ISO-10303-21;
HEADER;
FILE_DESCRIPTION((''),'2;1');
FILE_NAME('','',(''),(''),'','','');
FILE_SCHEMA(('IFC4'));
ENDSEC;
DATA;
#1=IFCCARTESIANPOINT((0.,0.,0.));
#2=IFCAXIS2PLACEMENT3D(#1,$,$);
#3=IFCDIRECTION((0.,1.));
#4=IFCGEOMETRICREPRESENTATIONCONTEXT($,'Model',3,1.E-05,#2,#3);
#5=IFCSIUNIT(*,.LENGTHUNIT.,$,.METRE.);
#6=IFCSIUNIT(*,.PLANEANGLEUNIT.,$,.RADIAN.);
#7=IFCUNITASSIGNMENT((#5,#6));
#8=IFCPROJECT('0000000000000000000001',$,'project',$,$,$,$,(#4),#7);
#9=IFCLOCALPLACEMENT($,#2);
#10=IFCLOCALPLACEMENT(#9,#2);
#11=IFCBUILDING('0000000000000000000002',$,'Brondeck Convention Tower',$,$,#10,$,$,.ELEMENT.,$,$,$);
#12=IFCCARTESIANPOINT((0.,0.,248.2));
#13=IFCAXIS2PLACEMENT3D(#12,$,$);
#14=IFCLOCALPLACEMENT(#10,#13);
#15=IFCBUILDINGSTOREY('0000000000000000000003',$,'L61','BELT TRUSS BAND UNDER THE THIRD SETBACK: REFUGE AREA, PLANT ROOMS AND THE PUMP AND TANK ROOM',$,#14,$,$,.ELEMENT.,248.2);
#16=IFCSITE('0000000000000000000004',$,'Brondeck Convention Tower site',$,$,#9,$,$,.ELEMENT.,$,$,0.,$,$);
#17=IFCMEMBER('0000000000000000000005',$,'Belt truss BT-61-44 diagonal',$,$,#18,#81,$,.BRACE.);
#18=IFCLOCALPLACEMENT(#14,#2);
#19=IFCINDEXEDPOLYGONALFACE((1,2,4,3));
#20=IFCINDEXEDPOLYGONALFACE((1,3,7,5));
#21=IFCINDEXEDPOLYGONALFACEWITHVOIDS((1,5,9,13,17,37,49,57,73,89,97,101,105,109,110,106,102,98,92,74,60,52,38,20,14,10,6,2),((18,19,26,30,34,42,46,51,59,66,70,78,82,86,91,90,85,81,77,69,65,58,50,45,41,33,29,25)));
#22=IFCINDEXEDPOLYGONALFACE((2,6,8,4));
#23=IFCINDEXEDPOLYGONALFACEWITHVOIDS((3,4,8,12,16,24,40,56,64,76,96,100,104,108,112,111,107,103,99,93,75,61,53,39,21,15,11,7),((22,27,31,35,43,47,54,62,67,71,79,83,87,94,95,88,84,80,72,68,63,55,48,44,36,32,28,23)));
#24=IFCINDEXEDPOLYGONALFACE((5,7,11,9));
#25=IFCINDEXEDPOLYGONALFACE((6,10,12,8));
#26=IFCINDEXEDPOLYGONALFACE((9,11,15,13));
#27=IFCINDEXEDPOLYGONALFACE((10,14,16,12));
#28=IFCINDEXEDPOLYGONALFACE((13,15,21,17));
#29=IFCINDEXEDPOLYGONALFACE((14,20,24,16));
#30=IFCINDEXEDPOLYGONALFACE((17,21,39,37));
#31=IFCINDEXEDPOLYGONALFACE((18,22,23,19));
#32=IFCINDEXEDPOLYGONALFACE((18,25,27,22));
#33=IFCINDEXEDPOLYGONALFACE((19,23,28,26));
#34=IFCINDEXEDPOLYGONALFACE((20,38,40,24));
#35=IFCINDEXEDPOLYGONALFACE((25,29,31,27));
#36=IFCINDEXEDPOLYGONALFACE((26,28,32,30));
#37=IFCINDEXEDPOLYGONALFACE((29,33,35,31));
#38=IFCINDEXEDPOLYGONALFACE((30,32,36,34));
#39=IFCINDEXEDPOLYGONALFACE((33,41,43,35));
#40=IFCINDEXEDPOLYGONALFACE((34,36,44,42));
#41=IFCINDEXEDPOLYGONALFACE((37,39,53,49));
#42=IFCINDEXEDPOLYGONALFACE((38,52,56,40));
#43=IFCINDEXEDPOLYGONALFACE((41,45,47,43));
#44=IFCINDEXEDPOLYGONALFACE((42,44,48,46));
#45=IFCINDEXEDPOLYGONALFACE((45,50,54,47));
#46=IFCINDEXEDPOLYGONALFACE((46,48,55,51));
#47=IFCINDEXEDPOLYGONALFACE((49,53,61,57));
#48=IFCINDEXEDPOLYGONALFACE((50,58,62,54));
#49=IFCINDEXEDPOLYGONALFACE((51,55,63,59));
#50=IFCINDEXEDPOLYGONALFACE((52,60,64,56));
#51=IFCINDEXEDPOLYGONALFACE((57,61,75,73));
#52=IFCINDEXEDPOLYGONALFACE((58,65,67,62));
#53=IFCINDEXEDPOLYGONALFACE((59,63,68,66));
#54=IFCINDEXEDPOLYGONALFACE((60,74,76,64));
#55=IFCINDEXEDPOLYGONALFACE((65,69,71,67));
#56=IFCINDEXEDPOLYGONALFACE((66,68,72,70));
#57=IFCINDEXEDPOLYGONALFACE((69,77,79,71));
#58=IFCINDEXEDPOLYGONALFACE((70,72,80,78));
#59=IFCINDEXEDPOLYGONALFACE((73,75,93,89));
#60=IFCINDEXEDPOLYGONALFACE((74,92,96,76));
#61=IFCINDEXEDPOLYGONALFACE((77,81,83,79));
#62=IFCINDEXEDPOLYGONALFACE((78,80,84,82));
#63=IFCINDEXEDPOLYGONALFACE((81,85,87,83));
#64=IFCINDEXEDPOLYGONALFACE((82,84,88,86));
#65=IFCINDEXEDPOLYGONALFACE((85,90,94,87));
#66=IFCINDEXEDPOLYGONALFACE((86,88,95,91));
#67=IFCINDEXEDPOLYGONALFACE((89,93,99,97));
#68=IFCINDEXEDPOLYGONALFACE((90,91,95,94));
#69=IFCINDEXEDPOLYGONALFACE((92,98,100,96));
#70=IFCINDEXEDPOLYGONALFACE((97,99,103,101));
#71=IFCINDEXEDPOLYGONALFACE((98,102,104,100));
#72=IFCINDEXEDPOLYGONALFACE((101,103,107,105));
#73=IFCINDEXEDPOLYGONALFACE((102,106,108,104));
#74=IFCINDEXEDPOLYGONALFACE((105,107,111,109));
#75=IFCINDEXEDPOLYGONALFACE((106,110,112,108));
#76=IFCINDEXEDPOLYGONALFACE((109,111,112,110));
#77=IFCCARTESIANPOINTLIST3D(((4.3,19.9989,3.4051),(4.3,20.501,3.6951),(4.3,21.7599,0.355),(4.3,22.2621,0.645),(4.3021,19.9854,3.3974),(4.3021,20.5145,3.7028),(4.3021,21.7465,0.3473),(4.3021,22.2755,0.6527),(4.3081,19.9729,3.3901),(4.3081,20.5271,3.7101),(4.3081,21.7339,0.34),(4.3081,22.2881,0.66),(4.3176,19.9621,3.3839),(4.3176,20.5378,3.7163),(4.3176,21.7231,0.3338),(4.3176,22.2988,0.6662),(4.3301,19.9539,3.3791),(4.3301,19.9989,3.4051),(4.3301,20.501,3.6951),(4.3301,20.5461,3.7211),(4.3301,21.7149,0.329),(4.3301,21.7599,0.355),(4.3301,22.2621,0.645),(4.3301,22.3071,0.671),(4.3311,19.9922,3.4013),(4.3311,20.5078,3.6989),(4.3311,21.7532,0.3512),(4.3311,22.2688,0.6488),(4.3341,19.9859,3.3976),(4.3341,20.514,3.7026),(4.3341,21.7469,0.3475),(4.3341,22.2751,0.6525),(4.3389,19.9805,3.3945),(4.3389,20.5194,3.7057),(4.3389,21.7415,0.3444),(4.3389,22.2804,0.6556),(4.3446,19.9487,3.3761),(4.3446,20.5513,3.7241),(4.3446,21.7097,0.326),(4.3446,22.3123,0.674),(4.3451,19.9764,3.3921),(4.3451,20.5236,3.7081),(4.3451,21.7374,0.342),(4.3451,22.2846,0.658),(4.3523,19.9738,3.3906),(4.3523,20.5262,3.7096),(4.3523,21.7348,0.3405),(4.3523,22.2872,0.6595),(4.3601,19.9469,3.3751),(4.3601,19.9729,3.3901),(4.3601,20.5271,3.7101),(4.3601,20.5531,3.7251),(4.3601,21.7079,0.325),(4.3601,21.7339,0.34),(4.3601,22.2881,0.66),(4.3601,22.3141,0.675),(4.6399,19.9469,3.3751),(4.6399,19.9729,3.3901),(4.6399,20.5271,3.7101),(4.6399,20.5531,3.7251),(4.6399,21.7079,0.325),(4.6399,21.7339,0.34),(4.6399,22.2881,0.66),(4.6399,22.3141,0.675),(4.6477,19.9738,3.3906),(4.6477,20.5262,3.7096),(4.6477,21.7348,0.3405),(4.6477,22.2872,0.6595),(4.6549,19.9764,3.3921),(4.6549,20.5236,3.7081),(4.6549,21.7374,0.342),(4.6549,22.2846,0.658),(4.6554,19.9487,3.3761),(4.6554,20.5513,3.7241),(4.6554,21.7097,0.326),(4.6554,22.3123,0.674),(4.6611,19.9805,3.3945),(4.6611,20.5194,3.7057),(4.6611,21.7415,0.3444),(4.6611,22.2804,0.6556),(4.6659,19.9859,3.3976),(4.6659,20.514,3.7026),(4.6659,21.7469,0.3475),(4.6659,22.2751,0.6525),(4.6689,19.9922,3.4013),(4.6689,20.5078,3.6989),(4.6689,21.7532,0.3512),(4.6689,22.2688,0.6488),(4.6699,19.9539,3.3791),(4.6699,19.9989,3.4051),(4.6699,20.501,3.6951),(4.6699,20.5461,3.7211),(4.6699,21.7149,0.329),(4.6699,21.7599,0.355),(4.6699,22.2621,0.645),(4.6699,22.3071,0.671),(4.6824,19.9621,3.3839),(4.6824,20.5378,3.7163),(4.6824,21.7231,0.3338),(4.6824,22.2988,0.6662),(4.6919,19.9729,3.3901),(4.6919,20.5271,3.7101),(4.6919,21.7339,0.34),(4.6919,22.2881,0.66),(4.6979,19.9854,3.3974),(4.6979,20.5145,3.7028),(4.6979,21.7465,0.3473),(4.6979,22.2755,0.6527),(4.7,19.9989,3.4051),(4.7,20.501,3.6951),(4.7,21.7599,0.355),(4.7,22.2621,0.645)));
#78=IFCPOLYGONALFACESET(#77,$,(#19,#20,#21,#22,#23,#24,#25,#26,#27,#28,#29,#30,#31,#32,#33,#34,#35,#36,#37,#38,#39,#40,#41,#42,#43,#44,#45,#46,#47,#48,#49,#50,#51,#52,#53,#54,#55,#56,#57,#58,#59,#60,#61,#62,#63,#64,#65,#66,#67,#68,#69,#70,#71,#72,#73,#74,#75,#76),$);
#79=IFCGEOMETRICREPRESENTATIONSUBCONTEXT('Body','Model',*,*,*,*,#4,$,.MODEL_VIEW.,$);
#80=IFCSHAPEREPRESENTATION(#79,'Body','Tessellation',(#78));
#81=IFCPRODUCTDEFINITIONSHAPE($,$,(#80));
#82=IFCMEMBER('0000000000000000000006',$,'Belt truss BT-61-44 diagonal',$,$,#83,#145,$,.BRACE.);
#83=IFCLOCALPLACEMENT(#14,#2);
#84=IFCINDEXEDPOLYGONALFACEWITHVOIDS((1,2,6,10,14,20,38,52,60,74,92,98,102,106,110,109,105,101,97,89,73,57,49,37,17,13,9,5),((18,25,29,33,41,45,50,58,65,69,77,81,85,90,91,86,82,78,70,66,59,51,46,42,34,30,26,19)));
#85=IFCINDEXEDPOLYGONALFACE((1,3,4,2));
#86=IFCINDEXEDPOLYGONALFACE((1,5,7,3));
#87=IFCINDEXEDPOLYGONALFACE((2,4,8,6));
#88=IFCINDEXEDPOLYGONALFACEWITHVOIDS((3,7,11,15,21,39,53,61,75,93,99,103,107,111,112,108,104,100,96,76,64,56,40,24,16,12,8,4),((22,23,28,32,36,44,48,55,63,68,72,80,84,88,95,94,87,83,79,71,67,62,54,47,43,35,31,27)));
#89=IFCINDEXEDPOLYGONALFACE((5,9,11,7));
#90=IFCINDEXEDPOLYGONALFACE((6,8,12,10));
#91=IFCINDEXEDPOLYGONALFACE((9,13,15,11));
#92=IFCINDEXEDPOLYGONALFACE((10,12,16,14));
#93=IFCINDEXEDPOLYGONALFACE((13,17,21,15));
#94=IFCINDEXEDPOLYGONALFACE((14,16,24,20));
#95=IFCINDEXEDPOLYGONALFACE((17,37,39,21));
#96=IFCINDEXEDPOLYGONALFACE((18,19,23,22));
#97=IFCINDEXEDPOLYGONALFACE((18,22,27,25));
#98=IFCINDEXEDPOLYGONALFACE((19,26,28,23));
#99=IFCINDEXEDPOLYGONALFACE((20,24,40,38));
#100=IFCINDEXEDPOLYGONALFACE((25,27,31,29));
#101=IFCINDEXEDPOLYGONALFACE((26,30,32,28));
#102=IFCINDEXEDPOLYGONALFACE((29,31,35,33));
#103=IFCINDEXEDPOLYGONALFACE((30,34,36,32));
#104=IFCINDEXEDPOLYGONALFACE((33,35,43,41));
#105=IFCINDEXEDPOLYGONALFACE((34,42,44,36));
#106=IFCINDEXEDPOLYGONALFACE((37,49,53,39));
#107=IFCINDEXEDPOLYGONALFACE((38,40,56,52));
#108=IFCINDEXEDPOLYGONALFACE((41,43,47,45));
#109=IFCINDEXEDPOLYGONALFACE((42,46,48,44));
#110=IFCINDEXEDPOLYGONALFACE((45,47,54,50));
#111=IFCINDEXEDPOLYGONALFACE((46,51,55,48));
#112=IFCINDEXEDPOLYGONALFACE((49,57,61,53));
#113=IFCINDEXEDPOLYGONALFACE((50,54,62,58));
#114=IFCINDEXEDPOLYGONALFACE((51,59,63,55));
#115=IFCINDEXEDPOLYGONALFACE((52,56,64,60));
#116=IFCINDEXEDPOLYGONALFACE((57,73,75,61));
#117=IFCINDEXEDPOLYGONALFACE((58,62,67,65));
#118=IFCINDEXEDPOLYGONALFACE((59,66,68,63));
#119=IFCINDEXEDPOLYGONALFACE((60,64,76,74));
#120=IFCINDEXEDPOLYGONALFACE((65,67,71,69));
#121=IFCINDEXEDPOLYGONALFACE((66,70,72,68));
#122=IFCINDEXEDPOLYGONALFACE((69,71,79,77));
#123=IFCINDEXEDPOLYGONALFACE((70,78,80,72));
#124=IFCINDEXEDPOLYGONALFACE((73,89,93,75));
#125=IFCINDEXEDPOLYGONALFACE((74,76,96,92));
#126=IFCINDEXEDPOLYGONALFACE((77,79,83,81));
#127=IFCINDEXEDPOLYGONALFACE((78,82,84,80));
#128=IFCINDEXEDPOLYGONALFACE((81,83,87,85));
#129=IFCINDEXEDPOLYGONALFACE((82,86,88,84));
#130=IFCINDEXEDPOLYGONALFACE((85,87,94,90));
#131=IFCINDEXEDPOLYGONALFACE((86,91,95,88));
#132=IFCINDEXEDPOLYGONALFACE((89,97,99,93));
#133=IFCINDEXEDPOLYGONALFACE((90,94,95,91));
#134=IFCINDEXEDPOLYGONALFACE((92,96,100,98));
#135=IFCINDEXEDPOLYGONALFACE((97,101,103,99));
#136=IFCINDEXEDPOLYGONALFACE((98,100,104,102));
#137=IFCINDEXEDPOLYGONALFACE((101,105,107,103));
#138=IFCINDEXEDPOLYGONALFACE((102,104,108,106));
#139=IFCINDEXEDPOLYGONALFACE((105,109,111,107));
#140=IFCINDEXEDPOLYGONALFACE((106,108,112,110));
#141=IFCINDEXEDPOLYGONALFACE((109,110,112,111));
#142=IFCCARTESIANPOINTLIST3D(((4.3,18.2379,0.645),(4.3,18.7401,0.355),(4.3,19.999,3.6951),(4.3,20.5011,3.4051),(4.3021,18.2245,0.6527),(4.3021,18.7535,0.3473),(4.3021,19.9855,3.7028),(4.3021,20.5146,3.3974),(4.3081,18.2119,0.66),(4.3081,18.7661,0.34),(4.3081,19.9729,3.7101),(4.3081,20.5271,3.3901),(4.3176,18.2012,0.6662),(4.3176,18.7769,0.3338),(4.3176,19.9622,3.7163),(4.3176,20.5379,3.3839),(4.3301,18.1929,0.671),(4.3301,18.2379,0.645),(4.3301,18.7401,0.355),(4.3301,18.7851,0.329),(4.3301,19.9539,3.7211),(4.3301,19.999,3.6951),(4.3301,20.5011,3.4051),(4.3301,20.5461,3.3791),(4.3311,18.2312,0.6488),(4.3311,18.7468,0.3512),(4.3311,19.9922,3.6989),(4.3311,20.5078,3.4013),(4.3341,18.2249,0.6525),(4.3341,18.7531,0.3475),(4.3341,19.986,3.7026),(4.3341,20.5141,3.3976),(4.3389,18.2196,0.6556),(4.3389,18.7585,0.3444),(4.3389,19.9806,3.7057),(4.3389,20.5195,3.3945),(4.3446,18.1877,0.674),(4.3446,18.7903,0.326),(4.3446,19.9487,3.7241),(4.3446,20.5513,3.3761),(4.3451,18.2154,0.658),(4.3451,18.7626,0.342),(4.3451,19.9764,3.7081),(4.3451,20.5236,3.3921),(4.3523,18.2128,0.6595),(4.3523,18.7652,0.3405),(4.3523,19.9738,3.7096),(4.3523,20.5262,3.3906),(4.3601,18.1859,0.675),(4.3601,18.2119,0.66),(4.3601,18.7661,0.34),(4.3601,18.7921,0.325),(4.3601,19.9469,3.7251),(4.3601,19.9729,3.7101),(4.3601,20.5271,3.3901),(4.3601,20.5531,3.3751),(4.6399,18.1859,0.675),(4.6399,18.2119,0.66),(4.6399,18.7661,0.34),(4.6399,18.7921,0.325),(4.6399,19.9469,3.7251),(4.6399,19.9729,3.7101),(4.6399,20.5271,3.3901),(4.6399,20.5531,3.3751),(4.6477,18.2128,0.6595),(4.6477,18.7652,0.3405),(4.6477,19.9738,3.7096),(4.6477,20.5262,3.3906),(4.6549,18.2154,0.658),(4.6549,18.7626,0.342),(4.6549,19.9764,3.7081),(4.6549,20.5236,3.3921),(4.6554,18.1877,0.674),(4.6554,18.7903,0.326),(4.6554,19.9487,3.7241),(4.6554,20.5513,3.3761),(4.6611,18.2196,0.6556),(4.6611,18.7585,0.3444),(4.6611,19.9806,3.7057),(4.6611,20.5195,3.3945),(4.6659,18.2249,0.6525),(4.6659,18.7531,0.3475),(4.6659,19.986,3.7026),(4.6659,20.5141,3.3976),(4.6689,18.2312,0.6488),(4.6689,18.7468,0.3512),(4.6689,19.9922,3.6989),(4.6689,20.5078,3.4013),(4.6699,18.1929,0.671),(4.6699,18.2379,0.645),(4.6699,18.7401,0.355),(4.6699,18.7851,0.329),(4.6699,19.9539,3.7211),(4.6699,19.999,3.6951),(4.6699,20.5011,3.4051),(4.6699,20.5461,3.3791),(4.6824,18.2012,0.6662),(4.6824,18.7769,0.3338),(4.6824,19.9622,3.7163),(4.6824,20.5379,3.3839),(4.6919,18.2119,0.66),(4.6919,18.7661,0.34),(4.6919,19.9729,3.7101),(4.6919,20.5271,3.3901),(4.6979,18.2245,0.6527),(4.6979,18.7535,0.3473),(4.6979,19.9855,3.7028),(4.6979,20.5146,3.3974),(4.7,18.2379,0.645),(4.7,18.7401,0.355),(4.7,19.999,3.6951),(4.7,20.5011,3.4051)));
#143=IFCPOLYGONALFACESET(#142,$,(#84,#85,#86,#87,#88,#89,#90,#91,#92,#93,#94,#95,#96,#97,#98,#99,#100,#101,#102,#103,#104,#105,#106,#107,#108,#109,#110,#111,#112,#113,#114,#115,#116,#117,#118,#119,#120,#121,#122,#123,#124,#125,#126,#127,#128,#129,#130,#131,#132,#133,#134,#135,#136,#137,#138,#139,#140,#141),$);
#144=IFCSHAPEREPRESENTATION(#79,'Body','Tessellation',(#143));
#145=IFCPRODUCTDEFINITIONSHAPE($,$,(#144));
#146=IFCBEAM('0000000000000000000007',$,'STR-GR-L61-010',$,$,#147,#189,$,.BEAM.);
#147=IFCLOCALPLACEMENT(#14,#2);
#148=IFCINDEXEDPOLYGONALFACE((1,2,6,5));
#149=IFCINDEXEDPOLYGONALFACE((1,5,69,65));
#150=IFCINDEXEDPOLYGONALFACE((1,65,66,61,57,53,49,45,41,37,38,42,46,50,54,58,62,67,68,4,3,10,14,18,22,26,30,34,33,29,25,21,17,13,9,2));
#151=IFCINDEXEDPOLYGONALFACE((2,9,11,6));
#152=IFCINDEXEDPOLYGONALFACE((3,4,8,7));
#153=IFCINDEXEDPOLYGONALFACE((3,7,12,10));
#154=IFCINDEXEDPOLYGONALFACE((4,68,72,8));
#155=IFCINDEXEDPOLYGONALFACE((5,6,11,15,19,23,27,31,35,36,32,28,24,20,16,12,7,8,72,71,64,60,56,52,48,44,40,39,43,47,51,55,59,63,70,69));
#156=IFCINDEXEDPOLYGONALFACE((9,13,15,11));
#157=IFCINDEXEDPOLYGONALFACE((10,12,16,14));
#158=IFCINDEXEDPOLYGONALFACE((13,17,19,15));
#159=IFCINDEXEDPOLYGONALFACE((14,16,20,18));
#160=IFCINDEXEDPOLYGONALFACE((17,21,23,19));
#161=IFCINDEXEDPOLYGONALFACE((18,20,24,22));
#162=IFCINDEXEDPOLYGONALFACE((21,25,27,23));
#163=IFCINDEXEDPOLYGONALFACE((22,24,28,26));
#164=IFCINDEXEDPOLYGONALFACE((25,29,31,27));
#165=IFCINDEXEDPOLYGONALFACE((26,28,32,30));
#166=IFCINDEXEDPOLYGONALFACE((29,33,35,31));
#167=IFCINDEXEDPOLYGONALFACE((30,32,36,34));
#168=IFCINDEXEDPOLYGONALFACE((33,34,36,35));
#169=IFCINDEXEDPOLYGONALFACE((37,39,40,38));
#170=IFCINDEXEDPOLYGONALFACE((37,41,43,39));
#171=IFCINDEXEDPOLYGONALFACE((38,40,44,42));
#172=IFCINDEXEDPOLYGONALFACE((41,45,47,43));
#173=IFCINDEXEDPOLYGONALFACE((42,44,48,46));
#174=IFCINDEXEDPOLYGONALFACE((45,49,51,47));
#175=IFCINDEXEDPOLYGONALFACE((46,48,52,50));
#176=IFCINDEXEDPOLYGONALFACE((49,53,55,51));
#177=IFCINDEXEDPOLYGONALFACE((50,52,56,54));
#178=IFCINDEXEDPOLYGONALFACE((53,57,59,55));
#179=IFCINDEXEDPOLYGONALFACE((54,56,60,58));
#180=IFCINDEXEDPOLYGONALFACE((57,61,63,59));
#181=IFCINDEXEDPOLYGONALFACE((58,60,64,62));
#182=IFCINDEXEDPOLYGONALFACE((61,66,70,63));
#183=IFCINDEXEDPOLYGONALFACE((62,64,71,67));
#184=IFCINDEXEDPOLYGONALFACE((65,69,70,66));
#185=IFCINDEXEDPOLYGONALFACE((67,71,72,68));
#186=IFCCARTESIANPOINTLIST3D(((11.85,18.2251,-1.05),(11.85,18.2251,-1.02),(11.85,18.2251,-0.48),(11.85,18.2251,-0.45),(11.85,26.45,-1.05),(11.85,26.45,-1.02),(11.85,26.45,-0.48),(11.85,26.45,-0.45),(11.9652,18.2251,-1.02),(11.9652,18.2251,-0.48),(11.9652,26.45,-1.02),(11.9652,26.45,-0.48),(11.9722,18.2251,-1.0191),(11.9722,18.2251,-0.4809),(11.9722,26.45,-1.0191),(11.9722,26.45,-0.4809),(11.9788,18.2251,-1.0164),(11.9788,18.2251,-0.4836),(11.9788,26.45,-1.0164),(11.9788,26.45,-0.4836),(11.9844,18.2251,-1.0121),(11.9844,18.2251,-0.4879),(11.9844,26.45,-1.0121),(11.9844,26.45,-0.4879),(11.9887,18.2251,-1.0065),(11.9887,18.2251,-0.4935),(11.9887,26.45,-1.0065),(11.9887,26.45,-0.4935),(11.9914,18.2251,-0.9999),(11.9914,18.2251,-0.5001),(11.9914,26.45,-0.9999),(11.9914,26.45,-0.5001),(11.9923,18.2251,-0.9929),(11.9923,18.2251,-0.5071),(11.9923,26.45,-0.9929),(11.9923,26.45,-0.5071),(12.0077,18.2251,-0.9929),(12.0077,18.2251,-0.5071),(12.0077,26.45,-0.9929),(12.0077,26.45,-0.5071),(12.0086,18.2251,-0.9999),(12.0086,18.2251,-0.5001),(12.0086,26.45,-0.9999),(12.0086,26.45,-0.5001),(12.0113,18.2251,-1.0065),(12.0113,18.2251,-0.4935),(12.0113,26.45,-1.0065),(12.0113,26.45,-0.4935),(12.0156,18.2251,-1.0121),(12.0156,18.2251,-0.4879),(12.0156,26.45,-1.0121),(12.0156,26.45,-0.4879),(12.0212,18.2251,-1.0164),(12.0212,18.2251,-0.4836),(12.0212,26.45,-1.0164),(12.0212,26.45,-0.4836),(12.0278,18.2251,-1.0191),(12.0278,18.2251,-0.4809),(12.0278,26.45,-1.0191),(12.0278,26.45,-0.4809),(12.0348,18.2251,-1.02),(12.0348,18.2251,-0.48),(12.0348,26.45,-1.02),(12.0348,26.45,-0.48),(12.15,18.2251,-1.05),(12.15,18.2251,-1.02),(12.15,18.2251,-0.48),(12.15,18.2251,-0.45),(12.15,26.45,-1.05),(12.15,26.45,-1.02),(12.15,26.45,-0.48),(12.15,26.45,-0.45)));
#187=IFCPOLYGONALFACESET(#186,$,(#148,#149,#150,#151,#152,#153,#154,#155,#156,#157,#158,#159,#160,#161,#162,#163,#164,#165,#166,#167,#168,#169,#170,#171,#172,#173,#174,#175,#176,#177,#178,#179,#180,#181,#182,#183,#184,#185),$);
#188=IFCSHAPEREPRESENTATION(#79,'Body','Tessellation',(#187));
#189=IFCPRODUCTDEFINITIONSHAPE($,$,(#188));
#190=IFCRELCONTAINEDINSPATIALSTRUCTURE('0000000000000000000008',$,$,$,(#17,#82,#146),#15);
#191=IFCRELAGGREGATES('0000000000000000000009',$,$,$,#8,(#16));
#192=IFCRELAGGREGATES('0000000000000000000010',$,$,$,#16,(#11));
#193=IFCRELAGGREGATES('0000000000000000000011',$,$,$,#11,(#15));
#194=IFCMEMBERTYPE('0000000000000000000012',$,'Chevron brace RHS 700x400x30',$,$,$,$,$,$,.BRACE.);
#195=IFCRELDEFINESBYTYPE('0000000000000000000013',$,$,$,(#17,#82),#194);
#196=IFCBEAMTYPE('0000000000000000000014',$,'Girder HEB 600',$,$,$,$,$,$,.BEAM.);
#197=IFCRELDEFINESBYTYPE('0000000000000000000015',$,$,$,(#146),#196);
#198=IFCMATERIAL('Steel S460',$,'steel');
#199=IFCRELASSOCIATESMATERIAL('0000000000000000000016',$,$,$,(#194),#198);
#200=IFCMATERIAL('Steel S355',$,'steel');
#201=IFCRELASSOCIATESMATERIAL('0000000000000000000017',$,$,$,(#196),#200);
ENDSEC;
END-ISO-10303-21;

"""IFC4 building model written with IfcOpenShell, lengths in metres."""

from ifc_helpers import new_model, si_unit, direction, frame, origin, origin_2d, place, context, subcontext, project, spatial, hollow_rectangle, i_section, extrude, material, material_profile, profile_set, type_object, element, save


model = new_model("IFC4")

# Units and contexts
model_context = context("Model", 3, precision=1e-05, world=origin(), true_north=direction((0.0, 1.0)))
body_context = subcontext(model_context, "Body", "Model", "MODEL_VIEW")
ifc_project = project(units=[si_unit("LENGTHUNIT", "METRE"), si_unit("PLANEANGLEUNIT", "RADIAN")], contexts=[model_context])

# Site, building, storey
site_placement = place(None, origin())
site = spatial("IfcSite", under=ifc_project, at=site_placement, Name="Brondeck Convention Tower site", CompositionType="ELEMENT", RefElevation=0.0)
building_placement = place(site_placement, origin())
building = spatial("IfcBuilding", under=site, at=building_placement, Name="Brondeck Convention Tower", CompositionType="ELEMENT")
storey_placement = place(building_placement, frame((0.0, 0.0, 248.2)))
storey = spatial("IfcBuildingStorey", under=building, at=storey_placement, Name="L61", Description="BELT TRUSS BAND UNDER THE THIRD SETBACK: REFUGE AREA, PLANT ROOMS AND THE PUMP AND TANK ROOM", CompositionType="ELEMENT", Elevation=248.2)

# Members
ifc_material_1 = material(Name="Steel S460", Category="steel")
ifc_material_profile_1 = material_profile(ifc_material_1, hollow_rectangle(XDim=0.3999, YDim=0.7, WallThickness=0.03, InnerFilletRadius=0.03, OuterFilletRadius=0.0601, at=origin_2d()), Name="RHS 700x400x30")
ifc_profile_set_1 = profile_set([ifc_material_profile_1], Name="Steel S460")
member_type_1 = type_object("IfcMemberType", Name="Chevron brace RHS 700x400x30", PredefinedType="BRACE", material=ifc_profile_set_1)
for number, where, z_axis, x_axis, name in (
    (1, (4.5, 22.011, 0.5), (0.0, -0.500008, 0.866021), (1.0, 0.0, 0.0), "Belt truss BT-61-44 diagonal"),
    (2, (4.5, 18.489, 0.5), (0.0, 0.500008, 0.866021), (-1.0, 0.0, 0.0), "Belt truss BT-61-44 diagonal"),
):
    element("IfcMember", number, at=place(storey_placement, frame(where, z_axis=z_axis, x_axis=x_axis)), inside=storey, type_object=member_type_1, Name=name, PredefinedType="BRACE", context=body_context, shape_type="SweptSolid", body=[
        extrude(hollow_rectangle(XDim=0.3999, YDim=0.7, WallThickness=0.03, InnerFilletRadius=0.03, OuterFilletRadius=0.0601, at=origin_2d()), origin(), (0.0, 0.0, 1.0), 3.522),
    ])

# Beam
ifc_material_2 = material(Name="Steel S355", Category="steel")
ifc_material_profile_2 = material_profile(ifc_material_2, i_section(OverallWidth=0.3, OverallDepth=0.6001, WebThickness=0.0154, FlangeThickness=0.03, FilletRadius=0.0271, at=origin_2d()), Name="HEB 600")
ifc_profile_set_2 = profile_set([ifc_material_profile_2], Name="Steel S355")
beam_type_1 = type_object("IfcBeamType", Name="Girder HEB 600", PredefinedType="BEAM", material=ifc_profile_set_2)
beam_1_placement = place(storey_placement, frame((12.0, 26.45, -0.75), z_axis=(0.0, -1.0, 0.0), x_axis=(1.0, 0.0, 0.0)))
element("IfcBeam", 3, at=beam_1_placement, inside=storey, type_object=beam_type_1, Name="STR-GR-L61-010", PredefinedType="BEAM", context=body_context, shape_type="SweptSolid", body=[
    extrude(i_section(OverallWidth=0.3, OverallDepth=0.6001, WebThickness=0.0154, FlangeThickness=0.03, FilletRadius=0.0271, at=origin_2d()), origin(), (0.0, 0.0, 1.0), 8.2249),
])

save(model, "model.ifc")
